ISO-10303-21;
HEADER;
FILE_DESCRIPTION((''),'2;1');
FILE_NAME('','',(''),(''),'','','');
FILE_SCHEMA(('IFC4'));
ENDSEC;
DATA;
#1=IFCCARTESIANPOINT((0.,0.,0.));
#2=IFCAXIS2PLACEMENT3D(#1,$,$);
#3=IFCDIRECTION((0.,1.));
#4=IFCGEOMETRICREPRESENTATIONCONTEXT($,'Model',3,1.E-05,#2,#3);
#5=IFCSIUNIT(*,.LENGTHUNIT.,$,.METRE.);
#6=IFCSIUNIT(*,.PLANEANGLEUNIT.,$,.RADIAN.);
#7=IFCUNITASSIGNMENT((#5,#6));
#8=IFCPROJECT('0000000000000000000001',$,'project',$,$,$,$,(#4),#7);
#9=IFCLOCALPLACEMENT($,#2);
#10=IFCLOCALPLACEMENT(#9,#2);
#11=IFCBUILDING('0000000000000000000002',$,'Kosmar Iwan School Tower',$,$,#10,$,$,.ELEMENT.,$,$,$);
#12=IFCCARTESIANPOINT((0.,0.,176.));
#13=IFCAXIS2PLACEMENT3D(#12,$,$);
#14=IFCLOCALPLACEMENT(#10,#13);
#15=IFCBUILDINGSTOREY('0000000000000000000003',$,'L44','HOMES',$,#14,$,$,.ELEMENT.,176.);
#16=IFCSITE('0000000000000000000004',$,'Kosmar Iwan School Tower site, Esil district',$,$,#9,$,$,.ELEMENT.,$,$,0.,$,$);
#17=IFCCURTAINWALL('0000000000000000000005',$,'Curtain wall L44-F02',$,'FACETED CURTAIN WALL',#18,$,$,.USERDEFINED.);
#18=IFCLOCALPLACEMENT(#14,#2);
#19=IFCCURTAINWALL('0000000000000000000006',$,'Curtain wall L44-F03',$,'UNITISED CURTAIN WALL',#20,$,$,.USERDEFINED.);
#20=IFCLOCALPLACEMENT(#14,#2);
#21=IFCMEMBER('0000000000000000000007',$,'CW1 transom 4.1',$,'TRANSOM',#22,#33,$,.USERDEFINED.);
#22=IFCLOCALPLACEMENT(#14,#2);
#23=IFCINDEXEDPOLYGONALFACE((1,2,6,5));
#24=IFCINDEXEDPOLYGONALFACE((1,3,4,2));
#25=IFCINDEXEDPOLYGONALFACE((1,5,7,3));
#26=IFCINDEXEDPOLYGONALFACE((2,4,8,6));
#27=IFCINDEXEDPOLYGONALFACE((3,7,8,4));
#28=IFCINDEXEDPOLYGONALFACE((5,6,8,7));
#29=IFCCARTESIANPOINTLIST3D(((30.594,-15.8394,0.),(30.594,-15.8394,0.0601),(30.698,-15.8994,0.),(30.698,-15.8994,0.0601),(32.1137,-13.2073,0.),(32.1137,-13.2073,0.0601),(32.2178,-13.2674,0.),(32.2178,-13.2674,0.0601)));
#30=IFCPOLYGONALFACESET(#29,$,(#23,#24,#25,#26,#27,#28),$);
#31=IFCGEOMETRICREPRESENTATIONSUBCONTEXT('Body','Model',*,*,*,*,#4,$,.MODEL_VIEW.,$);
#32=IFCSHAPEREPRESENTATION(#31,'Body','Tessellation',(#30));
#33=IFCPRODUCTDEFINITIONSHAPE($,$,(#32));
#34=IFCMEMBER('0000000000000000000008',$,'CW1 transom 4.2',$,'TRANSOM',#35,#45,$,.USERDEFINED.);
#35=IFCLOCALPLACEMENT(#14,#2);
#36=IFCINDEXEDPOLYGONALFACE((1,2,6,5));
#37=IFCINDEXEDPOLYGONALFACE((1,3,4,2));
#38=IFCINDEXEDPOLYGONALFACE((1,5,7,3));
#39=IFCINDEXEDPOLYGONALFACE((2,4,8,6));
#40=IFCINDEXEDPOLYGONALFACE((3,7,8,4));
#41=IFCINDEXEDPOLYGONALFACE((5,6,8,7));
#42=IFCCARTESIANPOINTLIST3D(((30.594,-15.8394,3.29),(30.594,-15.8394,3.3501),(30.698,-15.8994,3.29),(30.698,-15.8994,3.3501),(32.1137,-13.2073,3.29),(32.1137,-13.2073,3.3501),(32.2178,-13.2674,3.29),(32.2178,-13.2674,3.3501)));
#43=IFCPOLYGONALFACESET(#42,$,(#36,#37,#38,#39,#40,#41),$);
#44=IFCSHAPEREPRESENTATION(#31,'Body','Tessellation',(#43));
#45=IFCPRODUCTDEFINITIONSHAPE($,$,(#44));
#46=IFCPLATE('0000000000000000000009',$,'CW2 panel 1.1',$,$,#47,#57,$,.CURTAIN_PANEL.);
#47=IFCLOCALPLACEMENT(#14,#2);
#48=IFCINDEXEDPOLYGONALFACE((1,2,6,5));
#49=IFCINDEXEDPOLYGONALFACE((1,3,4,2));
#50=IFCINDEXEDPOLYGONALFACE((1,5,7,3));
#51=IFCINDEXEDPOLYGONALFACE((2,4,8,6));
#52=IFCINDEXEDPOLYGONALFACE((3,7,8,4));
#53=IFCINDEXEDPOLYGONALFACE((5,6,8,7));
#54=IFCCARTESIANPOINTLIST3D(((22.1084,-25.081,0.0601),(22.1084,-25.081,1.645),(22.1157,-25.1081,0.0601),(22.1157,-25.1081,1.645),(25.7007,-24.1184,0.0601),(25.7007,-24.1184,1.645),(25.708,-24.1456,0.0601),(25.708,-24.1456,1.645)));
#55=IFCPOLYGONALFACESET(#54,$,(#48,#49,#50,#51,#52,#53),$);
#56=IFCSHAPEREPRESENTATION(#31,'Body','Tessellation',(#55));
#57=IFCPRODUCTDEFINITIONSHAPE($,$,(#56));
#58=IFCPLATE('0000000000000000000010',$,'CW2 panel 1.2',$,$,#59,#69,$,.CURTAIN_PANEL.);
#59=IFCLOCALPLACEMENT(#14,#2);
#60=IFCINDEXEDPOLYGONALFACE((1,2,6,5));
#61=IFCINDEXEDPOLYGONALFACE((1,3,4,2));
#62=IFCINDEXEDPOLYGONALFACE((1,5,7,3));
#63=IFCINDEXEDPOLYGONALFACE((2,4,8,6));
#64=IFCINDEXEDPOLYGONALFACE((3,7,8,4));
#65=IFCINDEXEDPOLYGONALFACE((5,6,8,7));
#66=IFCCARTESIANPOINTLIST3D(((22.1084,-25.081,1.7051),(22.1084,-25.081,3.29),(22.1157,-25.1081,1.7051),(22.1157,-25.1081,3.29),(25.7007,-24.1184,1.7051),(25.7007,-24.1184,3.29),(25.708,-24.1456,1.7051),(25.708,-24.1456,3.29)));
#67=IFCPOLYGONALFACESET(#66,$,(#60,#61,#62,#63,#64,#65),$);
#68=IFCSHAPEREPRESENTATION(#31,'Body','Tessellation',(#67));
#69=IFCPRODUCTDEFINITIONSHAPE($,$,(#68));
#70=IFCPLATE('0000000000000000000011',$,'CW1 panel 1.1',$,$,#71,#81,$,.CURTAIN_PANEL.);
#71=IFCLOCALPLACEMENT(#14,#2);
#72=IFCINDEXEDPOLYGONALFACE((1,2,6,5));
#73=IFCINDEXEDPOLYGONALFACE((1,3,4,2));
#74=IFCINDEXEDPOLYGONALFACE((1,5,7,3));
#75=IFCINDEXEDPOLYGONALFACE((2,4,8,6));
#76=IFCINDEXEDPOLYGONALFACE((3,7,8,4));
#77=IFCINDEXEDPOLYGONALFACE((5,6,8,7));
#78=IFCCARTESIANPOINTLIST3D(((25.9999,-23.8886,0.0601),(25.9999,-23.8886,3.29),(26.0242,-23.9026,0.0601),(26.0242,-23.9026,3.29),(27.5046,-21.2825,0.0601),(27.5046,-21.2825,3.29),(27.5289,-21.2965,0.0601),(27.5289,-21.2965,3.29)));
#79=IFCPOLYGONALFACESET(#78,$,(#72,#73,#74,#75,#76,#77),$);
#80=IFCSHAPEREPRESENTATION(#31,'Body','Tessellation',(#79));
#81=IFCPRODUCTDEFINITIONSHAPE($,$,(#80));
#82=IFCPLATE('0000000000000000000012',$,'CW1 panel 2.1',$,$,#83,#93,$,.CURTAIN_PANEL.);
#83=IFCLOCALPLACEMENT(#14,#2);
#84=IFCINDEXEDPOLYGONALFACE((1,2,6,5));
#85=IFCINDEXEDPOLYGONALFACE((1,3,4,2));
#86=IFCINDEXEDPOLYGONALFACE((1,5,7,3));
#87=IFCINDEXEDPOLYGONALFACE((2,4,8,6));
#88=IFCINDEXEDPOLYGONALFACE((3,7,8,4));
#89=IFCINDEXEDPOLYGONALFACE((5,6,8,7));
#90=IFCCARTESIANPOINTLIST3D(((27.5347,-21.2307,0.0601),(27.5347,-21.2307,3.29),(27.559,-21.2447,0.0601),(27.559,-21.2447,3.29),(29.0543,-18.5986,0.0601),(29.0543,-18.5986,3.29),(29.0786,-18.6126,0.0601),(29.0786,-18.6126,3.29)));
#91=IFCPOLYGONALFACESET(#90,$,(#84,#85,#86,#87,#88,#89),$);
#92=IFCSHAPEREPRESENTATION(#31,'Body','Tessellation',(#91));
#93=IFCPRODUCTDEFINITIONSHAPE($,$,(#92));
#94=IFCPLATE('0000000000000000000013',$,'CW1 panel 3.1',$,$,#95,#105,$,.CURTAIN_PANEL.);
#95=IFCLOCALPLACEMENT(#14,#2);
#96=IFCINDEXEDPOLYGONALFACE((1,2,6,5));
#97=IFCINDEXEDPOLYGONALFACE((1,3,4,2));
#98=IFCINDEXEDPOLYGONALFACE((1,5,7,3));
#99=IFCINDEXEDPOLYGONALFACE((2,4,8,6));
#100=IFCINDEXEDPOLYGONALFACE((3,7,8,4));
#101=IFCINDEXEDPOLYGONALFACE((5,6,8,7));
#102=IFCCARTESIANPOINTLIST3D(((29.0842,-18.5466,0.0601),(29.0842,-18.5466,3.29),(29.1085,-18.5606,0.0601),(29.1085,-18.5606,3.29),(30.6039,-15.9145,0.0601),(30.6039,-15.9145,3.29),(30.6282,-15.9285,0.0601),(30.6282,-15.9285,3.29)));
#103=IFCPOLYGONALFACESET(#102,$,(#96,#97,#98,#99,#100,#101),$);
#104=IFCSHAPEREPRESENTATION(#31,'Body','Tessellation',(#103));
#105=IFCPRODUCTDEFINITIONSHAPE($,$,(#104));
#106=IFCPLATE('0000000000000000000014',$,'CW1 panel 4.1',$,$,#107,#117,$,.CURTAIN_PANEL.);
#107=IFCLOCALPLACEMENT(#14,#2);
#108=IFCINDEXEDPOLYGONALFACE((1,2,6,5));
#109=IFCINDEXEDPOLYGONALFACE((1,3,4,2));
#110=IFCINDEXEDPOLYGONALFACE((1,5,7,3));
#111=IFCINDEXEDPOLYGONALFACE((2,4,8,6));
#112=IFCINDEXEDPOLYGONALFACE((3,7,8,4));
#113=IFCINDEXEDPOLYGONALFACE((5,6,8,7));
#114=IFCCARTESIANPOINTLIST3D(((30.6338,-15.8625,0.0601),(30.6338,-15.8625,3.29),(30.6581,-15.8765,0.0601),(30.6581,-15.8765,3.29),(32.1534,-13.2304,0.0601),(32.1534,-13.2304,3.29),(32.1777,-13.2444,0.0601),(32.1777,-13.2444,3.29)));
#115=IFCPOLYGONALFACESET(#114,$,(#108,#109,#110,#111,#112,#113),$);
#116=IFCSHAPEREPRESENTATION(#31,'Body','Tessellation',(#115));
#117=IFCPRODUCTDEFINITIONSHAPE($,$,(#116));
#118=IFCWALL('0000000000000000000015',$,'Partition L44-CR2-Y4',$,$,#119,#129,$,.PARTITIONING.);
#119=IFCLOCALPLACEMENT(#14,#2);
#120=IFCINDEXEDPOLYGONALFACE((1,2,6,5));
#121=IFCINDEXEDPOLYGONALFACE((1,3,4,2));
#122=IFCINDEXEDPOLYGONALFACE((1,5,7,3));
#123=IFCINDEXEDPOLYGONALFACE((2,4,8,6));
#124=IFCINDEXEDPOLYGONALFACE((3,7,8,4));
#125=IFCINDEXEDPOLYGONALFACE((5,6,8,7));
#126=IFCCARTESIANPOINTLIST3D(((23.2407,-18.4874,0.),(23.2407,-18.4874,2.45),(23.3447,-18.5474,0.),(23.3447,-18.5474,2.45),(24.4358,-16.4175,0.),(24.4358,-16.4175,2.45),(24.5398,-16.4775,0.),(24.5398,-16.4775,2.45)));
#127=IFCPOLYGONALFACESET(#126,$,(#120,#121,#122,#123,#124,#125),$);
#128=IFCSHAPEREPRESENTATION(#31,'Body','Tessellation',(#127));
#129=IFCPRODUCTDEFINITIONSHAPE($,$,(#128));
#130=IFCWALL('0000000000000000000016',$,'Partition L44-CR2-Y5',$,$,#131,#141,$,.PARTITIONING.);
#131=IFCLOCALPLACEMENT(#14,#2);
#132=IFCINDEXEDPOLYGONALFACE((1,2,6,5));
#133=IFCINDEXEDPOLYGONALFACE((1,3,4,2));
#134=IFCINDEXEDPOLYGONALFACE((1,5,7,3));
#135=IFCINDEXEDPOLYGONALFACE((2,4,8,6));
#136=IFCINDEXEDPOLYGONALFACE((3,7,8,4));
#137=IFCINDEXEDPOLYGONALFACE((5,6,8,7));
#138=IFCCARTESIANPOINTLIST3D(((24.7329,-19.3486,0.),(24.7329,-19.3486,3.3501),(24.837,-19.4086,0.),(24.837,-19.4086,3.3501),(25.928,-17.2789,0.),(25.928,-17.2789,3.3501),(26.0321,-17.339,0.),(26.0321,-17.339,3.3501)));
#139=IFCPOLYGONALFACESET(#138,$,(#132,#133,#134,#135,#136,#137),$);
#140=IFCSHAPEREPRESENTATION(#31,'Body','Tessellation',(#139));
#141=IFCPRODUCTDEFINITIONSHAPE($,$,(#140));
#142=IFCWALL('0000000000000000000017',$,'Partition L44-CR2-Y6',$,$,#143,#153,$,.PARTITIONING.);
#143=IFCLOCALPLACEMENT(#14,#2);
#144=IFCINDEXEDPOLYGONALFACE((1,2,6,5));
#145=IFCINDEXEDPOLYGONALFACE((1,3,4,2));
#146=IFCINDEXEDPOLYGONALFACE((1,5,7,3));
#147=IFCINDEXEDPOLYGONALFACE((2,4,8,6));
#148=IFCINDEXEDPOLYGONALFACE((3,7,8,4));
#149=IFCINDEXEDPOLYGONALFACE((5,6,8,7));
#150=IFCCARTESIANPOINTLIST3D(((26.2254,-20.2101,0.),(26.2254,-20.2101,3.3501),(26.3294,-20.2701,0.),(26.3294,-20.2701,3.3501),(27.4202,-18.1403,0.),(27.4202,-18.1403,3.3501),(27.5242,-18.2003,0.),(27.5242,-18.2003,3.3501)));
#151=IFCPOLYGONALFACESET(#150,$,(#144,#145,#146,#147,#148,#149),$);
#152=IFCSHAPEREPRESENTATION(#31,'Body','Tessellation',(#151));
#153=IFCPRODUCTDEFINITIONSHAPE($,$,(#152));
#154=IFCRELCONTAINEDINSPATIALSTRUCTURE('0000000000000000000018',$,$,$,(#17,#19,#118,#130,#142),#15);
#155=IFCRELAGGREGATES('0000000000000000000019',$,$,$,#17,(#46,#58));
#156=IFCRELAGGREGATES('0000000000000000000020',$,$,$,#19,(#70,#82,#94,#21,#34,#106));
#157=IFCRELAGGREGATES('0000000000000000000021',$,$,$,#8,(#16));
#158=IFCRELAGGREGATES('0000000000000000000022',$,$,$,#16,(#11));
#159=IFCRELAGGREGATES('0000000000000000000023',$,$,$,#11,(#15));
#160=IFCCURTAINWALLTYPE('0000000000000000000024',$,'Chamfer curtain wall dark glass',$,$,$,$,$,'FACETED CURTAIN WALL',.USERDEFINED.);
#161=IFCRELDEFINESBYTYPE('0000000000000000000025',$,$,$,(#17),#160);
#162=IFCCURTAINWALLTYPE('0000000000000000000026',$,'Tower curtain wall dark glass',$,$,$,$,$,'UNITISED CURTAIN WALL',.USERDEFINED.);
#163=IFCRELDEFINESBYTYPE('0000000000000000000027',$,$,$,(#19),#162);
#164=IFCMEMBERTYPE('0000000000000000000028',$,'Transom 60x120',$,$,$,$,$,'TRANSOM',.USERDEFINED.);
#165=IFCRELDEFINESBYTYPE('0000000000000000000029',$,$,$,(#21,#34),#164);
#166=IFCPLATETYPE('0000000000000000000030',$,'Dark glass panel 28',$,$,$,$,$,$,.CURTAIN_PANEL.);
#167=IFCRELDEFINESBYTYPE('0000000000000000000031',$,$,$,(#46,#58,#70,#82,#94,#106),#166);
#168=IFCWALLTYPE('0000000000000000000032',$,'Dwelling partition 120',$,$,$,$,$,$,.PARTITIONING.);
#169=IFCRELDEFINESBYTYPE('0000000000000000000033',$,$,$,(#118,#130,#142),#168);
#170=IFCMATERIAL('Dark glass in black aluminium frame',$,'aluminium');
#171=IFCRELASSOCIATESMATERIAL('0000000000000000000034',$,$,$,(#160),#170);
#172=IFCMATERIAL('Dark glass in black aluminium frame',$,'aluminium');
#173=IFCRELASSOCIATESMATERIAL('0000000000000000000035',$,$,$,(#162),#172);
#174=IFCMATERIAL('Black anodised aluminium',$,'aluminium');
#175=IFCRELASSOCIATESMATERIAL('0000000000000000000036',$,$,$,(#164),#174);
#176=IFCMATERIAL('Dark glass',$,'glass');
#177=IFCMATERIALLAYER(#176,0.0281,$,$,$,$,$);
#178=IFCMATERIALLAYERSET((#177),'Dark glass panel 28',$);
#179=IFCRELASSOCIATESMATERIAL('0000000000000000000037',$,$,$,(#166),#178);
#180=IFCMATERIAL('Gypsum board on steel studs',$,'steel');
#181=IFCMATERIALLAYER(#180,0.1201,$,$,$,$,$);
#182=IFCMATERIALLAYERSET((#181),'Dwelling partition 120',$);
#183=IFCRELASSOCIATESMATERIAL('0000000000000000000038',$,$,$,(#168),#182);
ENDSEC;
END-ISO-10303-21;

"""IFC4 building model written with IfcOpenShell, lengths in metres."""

from ifc_helpers import new_model, si_unit, direction, frame, frame_2d, origin, origin_2d, place, context, subcontext, project, spatial, rectangle, extrude, material, layer, layer_set, material_profile, profile_set, type_object, element, aggregate, save


model = new_model("IFC4")

# Units and contexts
model_context = context("Model", 3, precision=1e-05, world=origin(), true_north=direction((0.0, 1.0)))
body_context = subcontext(model_context, "Body", "Model", "MODEL_VIEW")
ifc_project = project(units=[si_unit("LENGTHUNIT", "METRE"), si_unit("PLANEANGLEUNIT", "RADIAN")], contexts=[model_context])

# Site, building, storey
site_placement = place(None, origin())
site = spatial("IfcSite", under=ifc_project, at=site_placement, Name="Kosmar Iwan School Tower site, Esil district", CompositionType="ELEMENT", RefElevation=0.0)
building_placement = place(site_placement, origin())
building = spatial("IfcBuilding", under=site, at=building_placement, Name="Kosmar Iwan School Tower", CompositionType="ELEMENT")
storey_placement = place(building_placement, frame((0.0, 0.0, 176.0)))
storey = spatial("IfcBuildingStorey", under=building, at=storey_placement, Name="L44", Description="HOMES", CompositionType="ELEMENT", Elevation=176.0)

# Curtain wall
ifc_material_1 = material(Name="Dark glass in black aluminium frame", Category="aluminium")
curtain_wall_type_1 = type_object("IfcCurtainWallType", Name="Chamfer curtain wall dark glass", ElementType="FACETED CURTAIN WALL", PredefinedType="USERDEFINED", material=ifc_material_1)
curtain_wall_1_placement = place(storey_placement, origin())
curtain_wall_1 = element("IfcCurtainWall", 1, at=curtain_wall_1_placement, inside=storey, type_object=curtain_wall_type_1, Name="Curtain wall L44-F02", ObjectType="FACETED CURTAIN WALL", PredefinedType="USERDEFINED")

# Curtain wall
ifc_material_2 = material(Name="Dark glass in black aluminium frame", Category="aluminium")
curtain_wall_type_2 = type_object("IfcCurtainWallType", Name="Tower curtain wall dark glass", ElementType="UNITISED CURTAIN WALL", PredefinedType="USERDEFINED", material=ifc_material_2)
curtain_wall_2_placement = place(storey_placement, origin())
curtain_wall_2 = element("IfcCurtainWall", 2, at=curtain_wall_2_placement, inside=storey, type_object=curtain_wall_type_2, Name="Curtain wall L44-F03", ObjectType="UNITISED CURTAIN WALL", PredefinedType="USERDEFINED")

# Members
ifc_material_3 = material(Name="Black anodised aluminium", Category="aluminium")
ifc_material_profile_1 = material_profile(ifc_material_3, rectangle(XDim=0.1201, YDim=0.0601, at=origin_2d()), Name="TRANSOM 60x120")
ifc_profile_set_1 = profile_set([ifc_material_profile_1], Name="Black anodised aluminium")
member_type_1 = type_object("IfcMemberType", Name="Transom 60x120", ElementType="TRANSOM", PredefinedType="USERDEFINED", material=ifc_profile_set_1)
member_1_placement = place(storey_placement, frame((30.646, -15.8694, 0.03), z_axis=(0.500035, 0.866005, 0.0), x_axis=(-0.866005, 0.500035, 0.0)))
member_1 = element("IfcMember", 3, at=member_1_placement, type_object=member_type_1, Name="CW1 transom 4.1", ObjectType="TRANSOM", PredefinedType="USERDEFINED", context=body_context, shape_type="SweptSolid", body=[
    extrude(rectangle(XDim=0.1201, YDim=0.0601, at=origin_2d()), origin(), (0.0, 0.0, 1.0), 3.0393),
])
member_2_placement = place(storey_placement, frame((30.646, -15.8694, 3.3201), z_axis=(0.500035, 0.866005, 0.0), x_axis=(-0.866005, 0.500035, 0.0)))
member_2 = element("IfcMember", 4, at=member_2_placement, type_object=member_type_1, Name="CW1 transom 4.2", ObjectType="TRANSOM", PredefinedType="USERDEFINED", context=body_context, shape_type="SweptSolid", body=[
    extrude(rectangle(XDim=0.1201, YDim=0.0601, at=origin_2d()), origin(), (0.0, 0.0, 1.0), 3.0393),
])

# Plates
ifc_material_4 = material(Name="Dark glass", Category="glass")
ifc_layer_1 = layer(ifc_material_4, 0.0281)
ifc_layer_set_1 = layer_set([ifc_layer_1], Name="Dark glass panel 28")
plate_type = type_object("IfcPlateType", Name="Dark glass panel 28", PredefinedType="CURTAIN_PANEL", material=ifc_layer_set_1)
plate_1_placement = place(storey_placement, frame((23.9082, -24.6133, 0.0601), z_axis=(0.0, 0.0, 1.0), x_axis=(0.965926, 0.258819, 0.0)))
plate_1 = element("IfcPlate", 5, at=plate_1_placement, type_object=plate_type, Name="CW2 panel 1.1", PredefinedType="CURTAIN_PANEL", context=body_context, shape_type="SweptSolid", body=[
    extrude(rectangle(XDim=3.719, YDim=0.0281, at=origin_2d()), origin(), (0.0, 0.0, 1.0), 1.585),
])
plate_2_placement = place(storey_placement, frame((23.9082, -24.6133, 1.7051), z_axis=(0.0, 0.0, 1.0), x_axis=(0.965926, 0.258819, 0.0)))
plate_2 = element("IfcPlate", 6, at=plate_2_placement, type_object=plate_type, Name="CW2 panel 1.2", PredefinedType="CURTAIN_PANEL", context=body_context, shape_type="SweptSolid", body=[
    extrude(rectangle(XDim=3.719, YDim=0.0281, at=origin_2d()), origin(), (0.0, 0.0, 1.0), 1.585),
])
aggregate(curtain_wall_1, [plate_1, plate_2])
plate_3_placement = place(storey_placement, frame((26.7644, -22.5925, 0.0601), z_axis=(0.0, 0.0, 1.0), x_axis=(0.5, 0.866025, 0.0)))
plate_3 = element("IfcPlate", 7, at=plate_3_placement, type_object=plate_type, Name="CW1 panel 1.1", PredefinedType="CURTAIN_PANEL", context=body_context, shape_type="SweptSolid", body=[
    extrude(rectangle(XDim=3.0093, YDim=0.0281, at=origin_2d()), origin(), (0.0, 0.0, 1.0), 3.23),
])
plate_4_placement = place(storey_placement, frame((28.3066, -19.9216, 0.0601), z_axis=(0.0, 0.0, 1.0), x_axis=(0.5, 0.866025, 0.0)))
plate_4 = element("IfcPlate", 8, at=plate_4_placement, type_object=plate_type, Name="CW1 panel 2.1", PredefinedType="CURTAIN_PANEL", context=body_context, shape_type="SweptSolid", body=[
    extrude(rectangle(XDim=3.0393, YDim=0.0281, at=origin_2d()), origin(), (0.0, 0.0, 1.0), 3.23),
])
plate_5_placement = place(storey_placement, frame((29.8562, -17.2375, 0.0601), z_axis=(0.0, 0.0, 1.0), x_axis=(0.5, 0.866025, 0.0)))
plate_5 = element("IfcPlate", 9, at=plate_5_placement, type_object=plate_type, Name="CW1 panel 3.1", PredefinedType="CURTAIN_PANEL", context=body_context, shape_type="SweptSolid", body=[
    extrude(rectangle(XDim=3.0393, YDim=0.0281, at=origin_2d()), origin(), (0.0, 0.0, 1.0), 3.23),
])
plate_6_placement = place(storey_placement, frame((31.4058, -14.5535, 0.0601), z_axis=(0.0, 0.0, 1.0), x_axis=(0.5, 0.866025, 0.0)))
plate_6 = element("IfcPlate", 10, at=plate_6_placement, type_object=plate_type, Name="CW1 panel 4.1", PredefinedType="CURTAIN_PANEL", context=body_context, shape_type="SweptSolid", body=[
    extrude(rectangle(XDim=3.0393, YDim=0.0281, at=origin_2d()), origin(), (0.0, 0.0, 1.0), 3.23),
])
aggregate(curtain_wall_2, [plate_3, plate_4, plate_5, member_1, member_2, plate_6])

# Walls
ifc_material_5 = material(Name="Gypsum board on steel studs", Category="steel")
ifc_layer_2 = layer(ifc_material_5, 0.1201)
ifc_layer_set_2 = layer_set([ifc_layer_2], Name="Dwelling partition 120")
wall_type = type_object("IfcWallType", Name="Dwelling partition 120", PredefinedType="PARTITIONING", material=ifc_layer_set_2)
wall_placement = place(storey_placement, frame((24.4878, -16.4475, 0.0), z_axis=(0.0, 0.0, 1.0), x_axis=(-0.500017, -0.866015, 0.0)))
element("IfcWall", 11, at=wall_placement, inside=storey, type_object=wall_type, Name="Partition L44-CR2-Y4", PredefinedType="PARTITIONING", context=body_context, shape_type="SweptSolid", body=[
    extrude(rectangle(XDim=2.3901, YDim=0.1201, at=frame_2d((1.1951, 0.0))), origin(), (0.0, 0.0, 1.0), 2.45),
])
for number, where, z_axis, x_axis, name in (
    (12, (25.98, -17.3091, 0.0), (0.0, 0.0, 1.0), (-0.500061, -0.86599, 0.0), "Partition L44-CR2-Y5"),
    (13, (27.4722, -18.1704, 0.0), (0.0, 0.0, 1.0), (-0.499941, -0.86606, 0.0), "Partition L44-CR2-Y6"),
):
    element("IfcWall", number, at=place(storey_placement, frame(where, z_axis=z_axis, x_axis=x_axis)), inside=storey, type_object=wall_type, Name=name, PredefinedType="PARTITIONING", context=body_context, shape_type="SweptSolid", body=[
        extrude(rectangle(XDim=2.3899, YDim=0.1201, at=frame_2d((1.1948, 0.0))), origin(), (0.0, 0.0, 1.0), 3.3501),
    ])

save(model, "model.ifc")
